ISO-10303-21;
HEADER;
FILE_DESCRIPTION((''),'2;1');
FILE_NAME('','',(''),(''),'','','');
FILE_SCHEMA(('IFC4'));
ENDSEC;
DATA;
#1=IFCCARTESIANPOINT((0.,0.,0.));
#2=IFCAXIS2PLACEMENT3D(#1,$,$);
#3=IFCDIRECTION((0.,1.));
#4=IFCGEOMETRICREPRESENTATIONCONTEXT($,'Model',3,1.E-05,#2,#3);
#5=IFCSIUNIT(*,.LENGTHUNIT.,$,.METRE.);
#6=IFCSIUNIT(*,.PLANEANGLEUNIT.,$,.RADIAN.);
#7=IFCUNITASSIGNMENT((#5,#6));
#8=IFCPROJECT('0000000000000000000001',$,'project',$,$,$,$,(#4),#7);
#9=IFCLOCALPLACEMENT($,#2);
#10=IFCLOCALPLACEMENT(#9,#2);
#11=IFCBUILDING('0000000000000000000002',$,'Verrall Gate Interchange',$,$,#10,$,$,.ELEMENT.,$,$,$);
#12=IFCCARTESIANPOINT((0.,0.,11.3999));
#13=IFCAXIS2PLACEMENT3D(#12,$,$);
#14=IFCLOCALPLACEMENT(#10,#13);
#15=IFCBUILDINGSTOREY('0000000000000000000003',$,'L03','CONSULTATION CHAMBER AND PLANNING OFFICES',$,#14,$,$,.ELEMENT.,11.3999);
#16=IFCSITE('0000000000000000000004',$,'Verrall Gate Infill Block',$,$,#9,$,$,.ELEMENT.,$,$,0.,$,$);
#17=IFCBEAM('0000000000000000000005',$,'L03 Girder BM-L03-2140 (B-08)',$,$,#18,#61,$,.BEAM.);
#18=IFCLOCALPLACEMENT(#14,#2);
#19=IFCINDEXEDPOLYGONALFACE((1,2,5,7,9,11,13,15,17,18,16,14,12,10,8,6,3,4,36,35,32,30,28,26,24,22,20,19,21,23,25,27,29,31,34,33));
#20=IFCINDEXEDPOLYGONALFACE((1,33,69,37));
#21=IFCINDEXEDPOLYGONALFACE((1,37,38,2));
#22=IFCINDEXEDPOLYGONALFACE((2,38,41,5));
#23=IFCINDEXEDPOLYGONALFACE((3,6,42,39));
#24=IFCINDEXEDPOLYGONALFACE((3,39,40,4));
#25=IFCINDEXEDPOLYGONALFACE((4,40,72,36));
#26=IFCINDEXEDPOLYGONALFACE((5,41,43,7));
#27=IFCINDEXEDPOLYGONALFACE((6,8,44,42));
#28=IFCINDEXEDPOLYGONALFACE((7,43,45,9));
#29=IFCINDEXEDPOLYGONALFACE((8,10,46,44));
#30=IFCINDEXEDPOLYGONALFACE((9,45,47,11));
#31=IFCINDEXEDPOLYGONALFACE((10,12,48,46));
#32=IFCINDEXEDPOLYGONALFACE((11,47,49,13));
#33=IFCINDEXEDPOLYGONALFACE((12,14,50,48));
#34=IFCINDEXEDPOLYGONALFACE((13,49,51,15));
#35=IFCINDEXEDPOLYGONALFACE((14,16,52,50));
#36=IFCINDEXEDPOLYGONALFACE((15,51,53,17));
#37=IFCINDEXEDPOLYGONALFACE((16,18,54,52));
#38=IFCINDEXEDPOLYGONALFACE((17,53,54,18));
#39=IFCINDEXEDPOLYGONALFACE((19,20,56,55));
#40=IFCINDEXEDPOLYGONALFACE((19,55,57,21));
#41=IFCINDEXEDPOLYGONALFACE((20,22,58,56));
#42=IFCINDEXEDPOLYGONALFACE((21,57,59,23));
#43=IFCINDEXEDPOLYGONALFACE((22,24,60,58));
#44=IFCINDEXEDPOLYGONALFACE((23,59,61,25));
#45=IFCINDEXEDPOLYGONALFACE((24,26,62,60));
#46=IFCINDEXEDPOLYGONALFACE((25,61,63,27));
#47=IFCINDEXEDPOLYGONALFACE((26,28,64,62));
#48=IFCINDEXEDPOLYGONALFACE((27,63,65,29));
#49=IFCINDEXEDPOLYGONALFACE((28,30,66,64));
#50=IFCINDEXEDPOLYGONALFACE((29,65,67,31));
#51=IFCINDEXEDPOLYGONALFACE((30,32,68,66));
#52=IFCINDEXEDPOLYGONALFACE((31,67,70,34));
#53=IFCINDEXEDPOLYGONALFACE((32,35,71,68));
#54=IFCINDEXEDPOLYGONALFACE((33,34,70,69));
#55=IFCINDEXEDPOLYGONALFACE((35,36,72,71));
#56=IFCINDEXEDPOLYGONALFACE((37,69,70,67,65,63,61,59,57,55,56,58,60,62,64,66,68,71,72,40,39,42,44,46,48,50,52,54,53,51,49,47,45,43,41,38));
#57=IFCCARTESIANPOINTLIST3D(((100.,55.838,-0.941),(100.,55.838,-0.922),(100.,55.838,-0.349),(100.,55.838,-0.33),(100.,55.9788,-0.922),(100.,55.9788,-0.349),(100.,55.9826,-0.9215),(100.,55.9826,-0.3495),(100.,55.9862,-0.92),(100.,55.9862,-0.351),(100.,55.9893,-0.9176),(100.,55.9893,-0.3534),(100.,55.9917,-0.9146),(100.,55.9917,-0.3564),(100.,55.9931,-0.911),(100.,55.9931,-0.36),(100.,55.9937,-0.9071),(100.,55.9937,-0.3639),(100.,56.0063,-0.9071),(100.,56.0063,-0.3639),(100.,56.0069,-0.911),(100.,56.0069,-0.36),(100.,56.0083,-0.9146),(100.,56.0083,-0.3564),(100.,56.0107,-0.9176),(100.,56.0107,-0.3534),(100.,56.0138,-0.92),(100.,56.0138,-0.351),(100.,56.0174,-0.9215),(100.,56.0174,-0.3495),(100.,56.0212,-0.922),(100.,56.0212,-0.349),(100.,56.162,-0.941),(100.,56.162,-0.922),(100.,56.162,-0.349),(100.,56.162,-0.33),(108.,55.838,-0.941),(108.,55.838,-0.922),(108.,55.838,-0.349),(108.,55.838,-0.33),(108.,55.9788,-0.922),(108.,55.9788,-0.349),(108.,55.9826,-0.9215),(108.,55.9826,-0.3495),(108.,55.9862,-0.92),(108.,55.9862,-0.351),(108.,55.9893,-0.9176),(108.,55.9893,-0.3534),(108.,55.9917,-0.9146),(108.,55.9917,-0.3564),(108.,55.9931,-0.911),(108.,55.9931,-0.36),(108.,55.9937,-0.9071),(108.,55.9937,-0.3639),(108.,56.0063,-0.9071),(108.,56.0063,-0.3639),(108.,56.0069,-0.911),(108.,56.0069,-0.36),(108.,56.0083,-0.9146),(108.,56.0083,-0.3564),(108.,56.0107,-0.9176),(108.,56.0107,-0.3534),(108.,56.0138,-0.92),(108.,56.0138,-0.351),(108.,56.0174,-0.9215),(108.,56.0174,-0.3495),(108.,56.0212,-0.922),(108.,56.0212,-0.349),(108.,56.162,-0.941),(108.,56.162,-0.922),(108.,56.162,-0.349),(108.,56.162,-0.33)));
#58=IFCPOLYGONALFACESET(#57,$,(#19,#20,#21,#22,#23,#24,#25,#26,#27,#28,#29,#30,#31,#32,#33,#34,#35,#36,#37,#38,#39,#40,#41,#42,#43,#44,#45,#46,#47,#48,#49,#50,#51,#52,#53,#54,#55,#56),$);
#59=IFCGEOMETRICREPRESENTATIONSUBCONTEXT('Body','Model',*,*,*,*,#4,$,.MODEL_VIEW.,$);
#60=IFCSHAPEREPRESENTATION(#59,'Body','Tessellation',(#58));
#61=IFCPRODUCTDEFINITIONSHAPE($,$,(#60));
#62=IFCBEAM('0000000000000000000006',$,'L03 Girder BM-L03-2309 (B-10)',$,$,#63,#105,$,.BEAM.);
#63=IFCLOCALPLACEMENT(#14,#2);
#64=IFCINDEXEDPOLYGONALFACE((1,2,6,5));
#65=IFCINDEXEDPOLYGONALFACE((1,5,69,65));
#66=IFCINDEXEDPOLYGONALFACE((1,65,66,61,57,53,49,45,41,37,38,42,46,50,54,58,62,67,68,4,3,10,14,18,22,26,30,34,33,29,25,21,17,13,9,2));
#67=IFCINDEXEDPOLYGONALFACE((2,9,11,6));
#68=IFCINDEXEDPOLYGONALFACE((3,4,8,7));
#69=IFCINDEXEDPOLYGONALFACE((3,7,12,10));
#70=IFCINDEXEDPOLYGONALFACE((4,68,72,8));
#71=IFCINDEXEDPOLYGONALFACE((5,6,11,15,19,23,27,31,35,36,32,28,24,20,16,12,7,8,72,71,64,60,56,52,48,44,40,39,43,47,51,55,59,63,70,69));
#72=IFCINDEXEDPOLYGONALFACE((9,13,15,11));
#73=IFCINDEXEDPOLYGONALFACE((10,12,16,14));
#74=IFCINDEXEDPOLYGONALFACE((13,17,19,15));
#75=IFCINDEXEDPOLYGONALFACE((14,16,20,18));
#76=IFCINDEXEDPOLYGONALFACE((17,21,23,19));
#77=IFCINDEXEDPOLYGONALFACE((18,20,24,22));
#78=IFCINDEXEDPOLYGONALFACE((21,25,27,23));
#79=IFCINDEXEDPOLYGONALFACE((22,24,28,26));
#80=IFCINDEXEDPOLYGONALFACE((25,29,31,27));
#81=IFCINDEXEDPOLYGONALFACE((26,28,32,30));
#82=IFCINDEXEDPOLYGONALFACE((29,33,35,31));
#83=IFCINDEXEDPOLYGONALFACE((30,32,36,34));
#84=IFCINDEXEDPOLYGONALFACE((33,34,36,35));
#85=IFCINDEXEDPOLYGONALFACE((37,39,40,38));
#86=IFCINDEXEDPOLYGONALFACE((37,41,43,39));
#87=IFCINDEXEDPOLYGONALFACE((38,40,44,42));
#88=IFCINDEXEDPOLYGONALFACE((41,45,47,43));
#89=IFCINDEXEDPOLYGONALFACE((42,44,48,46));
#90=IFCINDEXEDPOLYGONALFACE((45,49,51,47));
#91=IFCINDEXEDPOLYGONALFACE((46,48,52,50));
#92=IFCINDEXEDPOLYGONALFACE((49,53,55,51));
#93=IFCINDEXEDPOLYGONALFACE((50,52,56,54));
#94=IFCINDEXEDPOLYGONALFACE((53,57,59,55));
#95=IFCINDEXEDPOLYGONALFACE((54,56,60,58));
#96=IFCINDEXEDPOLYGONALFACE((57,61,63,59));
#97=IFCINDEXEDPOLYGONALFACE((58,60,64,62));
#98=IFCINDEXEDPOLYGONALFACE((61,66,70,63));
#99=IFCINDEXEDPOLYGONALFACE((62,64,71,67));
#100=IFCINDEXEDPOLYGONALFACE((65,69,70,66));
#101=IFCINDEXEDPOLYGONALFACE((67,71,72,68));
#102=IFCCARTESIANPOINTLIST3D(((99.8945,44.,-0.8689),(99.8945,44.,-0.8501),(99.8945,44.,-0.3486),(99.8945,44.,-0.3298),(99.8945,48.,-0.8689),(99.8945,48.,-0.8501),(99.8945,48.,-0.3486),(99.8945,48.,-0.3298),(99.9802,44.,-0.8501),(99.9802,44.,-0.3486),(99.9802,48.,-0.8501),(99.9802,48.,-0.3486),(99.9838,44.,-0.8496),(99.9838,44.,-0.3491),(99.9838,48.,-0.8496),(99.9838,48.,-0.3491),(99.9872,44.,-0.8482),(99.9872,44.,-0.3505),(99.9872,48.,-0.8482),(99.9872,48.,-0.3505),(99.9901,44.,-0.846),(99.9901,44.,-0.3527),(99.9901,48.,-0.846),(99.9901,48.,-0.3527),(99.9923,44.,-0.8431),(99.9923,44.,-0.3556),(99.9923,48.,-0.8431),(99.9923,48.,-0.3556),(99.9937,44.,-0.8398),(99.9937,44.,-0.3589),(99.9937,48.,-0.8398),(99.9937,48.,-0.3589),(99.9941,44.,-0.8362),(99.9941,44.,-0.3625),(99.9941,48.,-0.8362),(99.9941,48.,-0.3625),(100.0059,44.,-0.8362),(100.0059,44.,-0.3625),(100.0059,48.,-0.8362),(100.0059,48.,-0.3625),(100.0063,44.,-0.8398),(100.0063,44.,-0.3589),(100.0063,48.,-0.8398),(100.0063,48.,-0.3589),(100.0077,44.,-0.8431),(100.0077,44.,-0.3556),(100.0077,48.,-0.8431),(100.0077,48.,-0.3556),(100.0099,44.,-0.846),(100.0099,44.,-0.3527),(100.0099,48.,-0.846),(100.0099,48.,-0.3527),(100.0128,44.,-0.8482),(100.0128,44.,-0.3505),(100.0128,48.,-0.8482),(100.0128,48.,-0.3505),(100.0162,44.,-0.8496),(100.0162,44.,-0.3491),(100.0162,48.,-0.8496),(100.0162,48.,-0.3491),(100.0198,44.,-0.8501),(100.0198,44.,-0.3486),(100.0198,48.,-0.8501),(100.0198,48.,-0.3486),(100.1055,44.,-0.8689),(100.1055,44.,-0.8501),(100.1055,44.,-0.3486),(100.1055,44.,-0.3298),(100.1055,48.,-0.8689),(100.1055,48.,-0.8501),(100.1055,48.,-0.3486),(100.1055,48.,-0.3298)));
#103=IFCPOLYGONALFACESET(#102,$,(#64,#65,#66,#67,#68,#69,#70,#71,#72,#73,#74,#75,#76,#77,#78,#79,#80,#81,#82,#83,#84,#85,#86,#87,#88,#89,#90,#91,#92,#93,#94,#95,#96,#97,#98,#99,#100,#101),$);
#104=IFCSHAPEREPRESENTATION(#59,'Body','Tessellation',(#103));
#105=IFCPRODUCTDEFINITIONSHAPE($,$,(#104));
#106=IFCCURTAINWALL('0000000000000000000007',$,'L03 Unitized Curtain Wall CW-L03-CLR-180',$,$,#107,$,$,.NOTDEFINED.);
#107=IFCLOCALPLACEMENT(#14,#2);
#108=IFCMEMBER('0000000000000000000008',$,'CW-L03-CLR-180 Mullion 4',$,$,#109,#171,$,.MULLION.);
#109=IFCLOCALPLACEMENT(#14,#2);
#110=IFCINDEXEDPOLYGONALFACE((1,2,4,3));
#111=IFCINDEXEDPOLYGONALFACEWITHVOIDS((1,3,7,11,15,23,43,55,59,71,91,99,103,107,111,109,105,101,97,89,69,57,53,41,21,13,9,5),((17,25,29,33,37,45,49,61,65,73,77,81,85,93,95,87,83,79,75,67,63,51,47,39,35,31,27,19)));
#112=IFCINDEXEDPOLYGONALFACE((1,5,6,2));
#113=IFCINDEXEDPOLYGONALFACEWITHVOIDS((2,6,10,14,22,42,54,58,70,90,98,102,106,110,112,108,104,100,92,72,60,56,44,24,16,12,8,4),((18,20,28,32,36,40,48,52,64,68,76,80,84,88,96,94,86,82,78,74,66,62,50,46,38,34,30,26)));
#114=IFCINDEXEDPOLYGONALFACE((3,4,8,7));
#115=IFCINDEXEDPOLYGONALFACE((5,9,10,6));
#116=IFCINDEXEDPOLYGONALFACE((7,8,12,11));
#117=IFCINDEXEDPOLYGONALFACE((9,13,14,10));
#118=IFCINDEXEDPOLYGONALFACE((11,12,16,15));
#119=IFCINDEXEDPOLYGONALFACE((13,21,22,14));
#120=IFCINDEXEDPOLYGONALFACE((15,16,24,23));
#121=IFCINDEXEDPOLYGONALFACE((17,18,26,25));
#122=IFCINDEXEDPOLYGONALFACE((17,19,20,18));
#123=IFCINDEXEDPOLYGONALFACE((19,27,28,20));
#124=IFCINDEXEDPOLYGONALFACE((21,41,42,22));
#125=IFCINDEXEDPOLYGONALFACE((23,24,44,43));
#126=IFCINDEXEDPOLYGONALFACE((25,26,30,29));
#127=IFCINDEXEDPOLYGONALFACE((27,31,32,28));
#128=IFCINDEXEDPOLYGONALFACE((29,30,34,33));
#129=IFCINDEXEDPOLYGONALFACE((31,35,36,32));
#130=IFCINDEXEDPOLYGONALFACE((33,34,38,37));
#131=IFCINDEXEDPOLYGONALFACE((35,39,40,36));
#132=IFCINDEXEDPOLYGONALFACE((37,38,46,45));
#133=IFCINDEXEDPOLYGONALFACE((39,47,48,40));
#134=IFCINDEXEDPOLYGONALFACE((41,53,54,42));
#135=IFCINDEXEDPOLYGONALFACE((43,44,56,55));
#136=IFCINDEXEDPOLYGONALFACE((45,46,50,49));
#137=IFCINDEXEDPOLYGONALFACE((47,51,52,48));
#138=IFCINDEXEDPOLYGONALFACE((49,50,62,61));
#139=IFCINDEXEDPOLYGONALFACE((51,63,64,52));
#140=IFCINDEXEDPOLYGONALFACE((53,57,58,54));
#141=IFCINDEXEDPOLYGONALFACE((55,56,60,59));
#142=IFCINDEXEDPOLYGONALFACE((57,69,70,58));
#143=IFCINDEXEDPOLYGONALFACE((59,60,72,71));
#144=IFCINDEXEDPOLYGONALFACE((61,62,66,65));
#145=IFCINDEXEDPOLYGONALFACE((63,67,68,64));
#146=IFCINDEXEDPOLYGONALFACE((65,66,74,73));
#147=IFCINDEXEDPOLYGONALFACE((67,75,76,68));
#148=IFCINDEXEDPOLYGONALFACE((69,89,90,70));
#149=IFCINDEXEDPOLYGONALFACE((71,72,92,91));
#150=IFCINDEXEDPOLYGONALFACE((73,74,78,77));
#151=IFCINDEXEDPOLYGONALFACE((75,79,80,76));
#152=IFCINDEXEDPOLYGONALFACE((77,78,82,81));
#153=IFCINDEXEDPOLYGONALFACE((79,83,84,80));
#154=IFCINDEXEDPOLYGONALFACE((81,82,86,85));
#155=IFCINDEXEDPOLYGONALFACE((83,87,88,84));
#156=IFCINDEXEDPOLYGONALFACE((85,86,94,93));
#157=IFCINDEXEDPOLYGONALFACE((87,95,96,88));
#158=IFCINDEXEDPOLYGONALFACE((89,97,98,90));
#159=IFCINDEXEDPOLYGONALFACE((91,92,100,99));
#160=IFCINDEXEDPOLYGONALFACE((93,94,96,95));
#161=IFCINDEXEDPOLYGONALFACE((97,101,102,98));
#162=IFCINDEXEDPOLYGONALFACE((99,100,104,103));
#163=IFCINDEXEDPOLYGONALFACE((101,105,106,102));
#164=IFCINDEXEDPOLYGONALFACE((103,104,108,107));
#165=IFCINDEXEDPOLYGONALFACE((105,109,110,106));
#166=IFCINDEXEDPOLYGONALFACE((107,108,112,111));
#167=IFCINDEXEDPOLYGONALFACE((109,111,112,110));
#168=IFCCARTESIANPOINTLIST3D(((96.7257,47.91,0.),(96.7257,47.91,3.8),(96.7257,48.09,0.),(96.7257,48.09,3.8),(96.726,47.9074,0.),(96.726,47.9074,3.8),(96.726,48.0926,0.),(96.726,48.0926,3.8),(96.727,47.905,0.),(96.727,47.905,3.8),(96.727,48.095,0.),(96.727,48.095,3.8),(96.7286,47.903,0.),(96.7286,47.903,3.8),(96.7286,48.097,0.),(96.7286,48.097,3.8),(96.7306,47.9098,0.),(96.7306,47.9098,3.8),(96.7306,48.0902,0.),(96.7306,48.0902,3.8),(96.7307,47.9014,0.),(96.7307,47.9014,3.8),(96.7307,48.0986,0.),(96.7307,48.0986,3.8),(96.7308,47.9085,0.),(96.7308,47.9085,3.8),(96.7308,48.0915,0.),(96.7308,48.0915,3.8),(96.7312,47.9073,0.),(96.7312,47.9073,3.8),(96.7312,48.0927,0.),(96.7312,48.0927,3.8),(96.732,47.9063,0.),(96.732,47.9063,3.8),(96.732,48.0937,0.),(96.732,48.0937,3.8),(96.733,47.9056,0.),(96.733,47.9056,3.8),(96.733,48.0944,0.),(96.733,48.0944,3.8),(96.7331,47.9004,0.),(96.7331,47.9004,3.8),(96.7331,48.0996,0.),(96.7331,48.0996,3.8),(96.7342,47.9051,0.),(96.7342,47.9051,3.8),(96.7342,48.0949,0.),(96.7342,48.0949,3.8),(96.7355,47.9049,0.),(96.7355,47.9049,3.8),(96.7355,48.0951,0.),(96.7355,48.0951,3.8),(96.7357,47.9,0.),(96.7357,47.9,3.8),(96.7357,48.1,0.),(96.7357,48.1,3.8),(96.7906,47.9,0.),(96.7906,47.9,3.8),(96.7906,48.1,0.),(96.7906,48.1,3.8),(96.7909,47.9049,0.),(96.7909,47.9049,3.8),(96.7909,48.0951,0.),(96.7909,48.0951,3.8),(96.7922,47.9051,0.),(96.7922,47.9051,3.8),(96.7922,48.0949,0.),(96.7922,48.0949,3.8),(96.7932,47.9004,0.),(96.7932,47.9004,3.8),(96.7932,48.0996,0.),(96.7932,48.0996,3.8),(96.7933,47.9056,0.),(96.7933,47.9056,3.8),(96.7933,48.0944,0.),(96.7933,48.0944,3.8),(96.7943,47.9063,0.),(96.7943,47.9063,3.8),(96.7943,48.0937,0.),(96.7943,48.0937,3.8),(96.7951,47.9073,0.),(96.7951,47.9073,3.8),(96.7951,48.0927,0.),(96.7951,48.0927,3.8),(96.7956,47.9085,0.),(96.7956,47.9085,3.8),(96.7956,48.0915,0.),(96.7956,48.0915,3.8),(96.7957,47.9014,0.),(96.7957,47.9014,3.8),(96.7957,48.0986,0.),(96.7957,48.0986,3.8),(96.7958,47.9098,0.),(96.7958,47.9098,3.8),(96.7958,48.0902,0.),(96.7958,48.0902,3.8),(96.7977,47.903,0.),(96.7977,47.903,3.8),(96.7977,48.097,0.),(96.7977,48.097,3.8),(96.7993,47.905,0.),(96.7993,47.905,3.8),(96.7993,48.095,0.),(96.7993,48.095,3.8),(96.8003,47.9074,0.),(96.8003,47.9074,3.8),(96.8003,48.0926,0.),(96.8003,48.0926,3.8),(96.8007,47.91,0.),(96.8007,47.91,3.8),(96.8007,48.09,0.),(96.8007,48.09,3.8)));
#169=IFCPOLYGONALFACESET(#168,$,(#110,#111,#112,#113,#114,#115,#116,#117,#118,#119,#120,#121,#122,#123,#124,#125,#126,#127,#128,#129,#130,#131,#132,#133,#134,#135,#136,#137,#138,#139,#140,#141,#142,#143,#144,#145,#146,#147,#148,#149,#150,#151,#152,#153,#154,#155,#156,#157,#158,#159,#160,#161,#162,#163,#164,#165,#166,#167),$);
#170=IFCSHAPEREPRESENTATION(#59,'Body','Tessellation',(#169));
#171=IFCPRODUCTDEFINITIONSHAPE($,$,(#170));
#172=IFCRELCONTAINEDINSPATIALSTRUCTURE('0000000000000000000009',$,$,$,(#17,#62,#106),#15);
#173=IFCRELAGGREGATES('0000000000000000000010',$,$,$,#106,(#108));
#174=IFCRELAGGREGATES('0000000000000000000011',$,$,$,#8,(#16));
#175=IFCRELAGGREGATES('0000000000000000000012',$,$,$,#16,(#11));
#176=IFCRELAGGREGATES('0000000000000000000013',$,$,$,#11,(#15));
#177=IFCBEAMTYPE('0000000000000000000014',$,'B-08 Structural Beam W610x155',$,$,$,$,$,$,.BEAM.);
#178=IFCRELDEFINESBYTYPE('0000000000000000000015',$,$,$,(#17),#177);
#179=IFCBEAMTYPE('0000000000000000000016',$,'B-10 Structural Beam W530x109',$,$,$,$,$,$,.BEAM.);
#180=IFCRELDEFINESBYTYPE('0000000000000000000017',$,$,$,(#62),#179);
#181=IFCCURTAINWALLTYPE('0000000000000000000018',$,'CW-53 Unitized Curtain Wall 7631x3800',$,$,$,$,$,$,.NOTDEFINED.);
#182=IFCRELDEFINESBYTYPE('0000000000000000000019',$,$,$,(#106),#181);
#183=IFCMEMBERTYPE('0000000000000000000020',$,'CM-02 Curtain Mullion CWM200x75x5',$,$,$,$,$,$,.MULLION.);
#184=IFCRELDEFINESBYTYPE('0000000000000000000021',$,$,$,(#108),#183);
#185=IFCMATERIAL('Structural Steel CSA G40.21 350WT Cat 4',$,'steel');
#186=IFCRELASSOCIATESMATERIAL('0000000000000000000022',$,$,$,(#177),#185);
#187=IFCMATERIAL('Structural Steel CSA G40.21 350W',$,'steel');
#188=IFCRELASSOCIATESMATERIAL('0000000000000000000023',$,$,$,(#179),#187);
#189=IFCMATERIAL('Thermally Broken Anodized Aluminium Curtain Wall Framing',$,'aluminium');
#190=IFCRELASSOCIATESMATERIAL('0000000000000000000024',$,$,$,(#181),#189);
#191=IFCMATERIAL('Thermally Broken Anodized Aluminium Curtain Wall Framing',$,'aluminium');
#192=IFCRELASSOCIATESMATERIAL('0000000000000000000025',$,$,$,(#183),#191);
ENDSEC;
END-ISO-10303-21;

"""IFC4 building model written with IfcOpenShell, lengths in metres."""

from ifc_helpers import new_model, si_unit, direction, frame, origin, origin_2d, place, context, subcontext, project, spatial, hollow_rectangle, i_section, extrude, material, material_profile, profile_set, type_object, element, aggregate, save


model = new_model("IFC4")

# Units and contexts
model_context = context("Model", 3, precision=1e-05, world=origin(), true_north=direction((0.0, 1.0)))
body_context = subcontext(model_context, "Body", "Model", "MODEL_VIEW")
ifc_project = project(units=[si_unit("LENGTHUNIT", "METRE"), si_unit("PLANEANGLEUNIT", "RADIAN")], contexts=[model_context])

# Site, building, storey
site_placement = place(None, origin())
site = spatial("IfcSite", under=ifc_project, at=site_placement, Name="Verrall Gate Infill Block", CompositionType="ELEMENT", RefElevation=0.0)
building_placement = place(site_placement, origin())
building = spatial("IfcBuilding", under=site, at=building_placement, Name="Verrall Gate Interchange", CompositionType="ELEMENT")
storey_placement = place(building_placement, frame((0.0, 0.0, 11.3999)))
storey = spatial("IfcBuildingStorey", under=building, at=storey_placement, Name="L03", Description="CONSULTATION CHAMBER AND PLANNING OFFICES", CompositionType="ELEMENT", Elevation=11.3999)

# Beams
ifc_material_1 = material(Name="Structural Steel CSA G40.21 350WT Cat 4", Category="steel")
ifc_material_profile_1 = material_profile(ifc_material_1, i_section(OverallWidth=0.324, OverallDepth=0.6111, WebThickness=0.0127, FlangeThickness=0.019, FilletRadius=0.0149, at=origin_2d()), Name="W610x155")
ifc_profile_set_1 = profile_set([ifc_material_profile_1], Name="Structural Steel CSA G40.21 350WT Cat 4")
beam_type_1 = type_object("IfcBeamType", Name="B-08 Structural Beam W610x155", PredefinedType="BEAM", material=ifc_profile_set_1)
for number, where, z_axis, x_axis, name in (
    (1, (100.0, 56.0, -0.6355), (1.0, 0.0, 0.0), (0.0, 1.0, 0.0), "L03 Girder BM-L03-2140 (B-08)"),
):
    element("IfcBeam", number, at=place(storey_placement, frame(where, z_axis=z_axis, x_axis=x_axis)), inside=storey, type_object=beam_type_1, Name=name, PredefinedType="BEAM", context=body_context, shape_type="SweptSolid", body=[
        extrude(i_section(OverallWidth=0.324, OverallDepth=0.6111, WebThickness=0.0127, FlangeThickness=0.019, FilletRadius=0.0149, at=origin_2d()), origin(), (0.0, 0.0, 1.0), 8.0),
    ])
ifc_material_2 = material(Name="Structural Steel CSA G40.21 350W", Category="steel")
ifc_material_profile_2 = material_profile(ifc_material_2, i_section(OverallWidth=0.2109, OverallDepth=0.5391, WebThickness=0.0117, FlangeThickness=0.0188, FilletRadius=0.0139, at=origin_2d()), Name="W530x109")
ifc_profile_set_2 = profile_set([ifc_material_profile_2], Name="Structural Steel CSA G40.21 350W")
beam_type_2 = type_object("IfcBeamType", Name="B-10 Structural Beam W530x109", PredefinedType="BEAM", material=ifc_profile_set_2)
beam_1_placement = place(storey_placement, frame((100.0, 44.0, -0.5994), z_axis=(0.0, 1.0, 0.0), x_axis=(-1.0, 0.0, 0.0)))
element("IfcBeam", 2, at=beam_1_placement, inside=storey, type_object=beam_type_2, Name="L03 Girder BM-L03-2309 (B-10)", PredefinedType="BEAM", context=body_context, shape_type="SweptSolid", body=[
    extrude(i_section(OverallWidth=0.2109, OverallDepth=0.5391, WebThickness=0.0117, FlangeThickness=0.0188, FilletRadius=0.0139, at=origin_2d()), origin(), (0.0, 0.0, 1.0), 4.0),
])

# Curtain wall, member
ifc_material_3 = material(Name="Thermally Broken Anodized Aluminium Curtain Wall Framing", Category="aluminium")
curtain_wall_type = type_object("IfcCurtainWallType", Name="CW-53 Unitized Curtain Wall 7631x3800", PredefinedType="NOTDEFINED", material=ifc_material_3)
curtain_wall_1_placement = place(storey_placement, origin())
curtain_wall_1 = element("IfcCurtainWall", 3, at=curtain_wall_1_placement, inside=storey, type_object=curtain_wall_type, Name="L03 Unitized Curtain Wall CW-L03-CLR-180", PredefinedType="NOTDEFINED")
ifc_material_4 = material(Name="Thermally Broken Anodized Aluminium Curtain Wall Framing", Category="aluminium")
ifc_material_profile_3 = material_profile(ifc_material_4, hollow_rectangle(XDim=0.075, YDim=0.2, WallThickness=0.0049, InnerFilletRadius=0.0049, OuterFilletRadius=0.01, at=origin_2d()), Name="CWM200x75x5")
ifc_profile_set_3 = profile_set([ifc_material_profile_3], Name="Thermally Broken Anodized Aluminium Curtain Wall Framing")
member_type_1 = type_object("IfcMemberType", Name="CM-02 Curtain Mullion CWM200x75x5", PredefinedType="MULLION", material=ifc_profile_set_3)
member_1_placement = place(storey_placement, frame((96.7632, 48.0, 0.0), z_axis=(0.0, 0.0, 1.0), x_axis=(1.0, 0.0, 0.0)))
member_1 = element("IfcMember", 4, at=member_1_placement, type_object=member_type_1, Name="CW-L03-CLR-180 Mullion 4", PredefinedType="MULLION", context=body_context, shape_type="SweptSolid", body=[
    extrude(hollow_rectangle(XDim=0.075, YDim=0.2, WallThickness=0.0049, InnerFilletRadius=0.0049, OuterFilletRadius=0.01, at=origin_2d()), origin(), (0.0, 0.0, 1.0), 3.8),
])

aggregate(curtain_wall_1, [member_1])

save(model, "model.ifc")
